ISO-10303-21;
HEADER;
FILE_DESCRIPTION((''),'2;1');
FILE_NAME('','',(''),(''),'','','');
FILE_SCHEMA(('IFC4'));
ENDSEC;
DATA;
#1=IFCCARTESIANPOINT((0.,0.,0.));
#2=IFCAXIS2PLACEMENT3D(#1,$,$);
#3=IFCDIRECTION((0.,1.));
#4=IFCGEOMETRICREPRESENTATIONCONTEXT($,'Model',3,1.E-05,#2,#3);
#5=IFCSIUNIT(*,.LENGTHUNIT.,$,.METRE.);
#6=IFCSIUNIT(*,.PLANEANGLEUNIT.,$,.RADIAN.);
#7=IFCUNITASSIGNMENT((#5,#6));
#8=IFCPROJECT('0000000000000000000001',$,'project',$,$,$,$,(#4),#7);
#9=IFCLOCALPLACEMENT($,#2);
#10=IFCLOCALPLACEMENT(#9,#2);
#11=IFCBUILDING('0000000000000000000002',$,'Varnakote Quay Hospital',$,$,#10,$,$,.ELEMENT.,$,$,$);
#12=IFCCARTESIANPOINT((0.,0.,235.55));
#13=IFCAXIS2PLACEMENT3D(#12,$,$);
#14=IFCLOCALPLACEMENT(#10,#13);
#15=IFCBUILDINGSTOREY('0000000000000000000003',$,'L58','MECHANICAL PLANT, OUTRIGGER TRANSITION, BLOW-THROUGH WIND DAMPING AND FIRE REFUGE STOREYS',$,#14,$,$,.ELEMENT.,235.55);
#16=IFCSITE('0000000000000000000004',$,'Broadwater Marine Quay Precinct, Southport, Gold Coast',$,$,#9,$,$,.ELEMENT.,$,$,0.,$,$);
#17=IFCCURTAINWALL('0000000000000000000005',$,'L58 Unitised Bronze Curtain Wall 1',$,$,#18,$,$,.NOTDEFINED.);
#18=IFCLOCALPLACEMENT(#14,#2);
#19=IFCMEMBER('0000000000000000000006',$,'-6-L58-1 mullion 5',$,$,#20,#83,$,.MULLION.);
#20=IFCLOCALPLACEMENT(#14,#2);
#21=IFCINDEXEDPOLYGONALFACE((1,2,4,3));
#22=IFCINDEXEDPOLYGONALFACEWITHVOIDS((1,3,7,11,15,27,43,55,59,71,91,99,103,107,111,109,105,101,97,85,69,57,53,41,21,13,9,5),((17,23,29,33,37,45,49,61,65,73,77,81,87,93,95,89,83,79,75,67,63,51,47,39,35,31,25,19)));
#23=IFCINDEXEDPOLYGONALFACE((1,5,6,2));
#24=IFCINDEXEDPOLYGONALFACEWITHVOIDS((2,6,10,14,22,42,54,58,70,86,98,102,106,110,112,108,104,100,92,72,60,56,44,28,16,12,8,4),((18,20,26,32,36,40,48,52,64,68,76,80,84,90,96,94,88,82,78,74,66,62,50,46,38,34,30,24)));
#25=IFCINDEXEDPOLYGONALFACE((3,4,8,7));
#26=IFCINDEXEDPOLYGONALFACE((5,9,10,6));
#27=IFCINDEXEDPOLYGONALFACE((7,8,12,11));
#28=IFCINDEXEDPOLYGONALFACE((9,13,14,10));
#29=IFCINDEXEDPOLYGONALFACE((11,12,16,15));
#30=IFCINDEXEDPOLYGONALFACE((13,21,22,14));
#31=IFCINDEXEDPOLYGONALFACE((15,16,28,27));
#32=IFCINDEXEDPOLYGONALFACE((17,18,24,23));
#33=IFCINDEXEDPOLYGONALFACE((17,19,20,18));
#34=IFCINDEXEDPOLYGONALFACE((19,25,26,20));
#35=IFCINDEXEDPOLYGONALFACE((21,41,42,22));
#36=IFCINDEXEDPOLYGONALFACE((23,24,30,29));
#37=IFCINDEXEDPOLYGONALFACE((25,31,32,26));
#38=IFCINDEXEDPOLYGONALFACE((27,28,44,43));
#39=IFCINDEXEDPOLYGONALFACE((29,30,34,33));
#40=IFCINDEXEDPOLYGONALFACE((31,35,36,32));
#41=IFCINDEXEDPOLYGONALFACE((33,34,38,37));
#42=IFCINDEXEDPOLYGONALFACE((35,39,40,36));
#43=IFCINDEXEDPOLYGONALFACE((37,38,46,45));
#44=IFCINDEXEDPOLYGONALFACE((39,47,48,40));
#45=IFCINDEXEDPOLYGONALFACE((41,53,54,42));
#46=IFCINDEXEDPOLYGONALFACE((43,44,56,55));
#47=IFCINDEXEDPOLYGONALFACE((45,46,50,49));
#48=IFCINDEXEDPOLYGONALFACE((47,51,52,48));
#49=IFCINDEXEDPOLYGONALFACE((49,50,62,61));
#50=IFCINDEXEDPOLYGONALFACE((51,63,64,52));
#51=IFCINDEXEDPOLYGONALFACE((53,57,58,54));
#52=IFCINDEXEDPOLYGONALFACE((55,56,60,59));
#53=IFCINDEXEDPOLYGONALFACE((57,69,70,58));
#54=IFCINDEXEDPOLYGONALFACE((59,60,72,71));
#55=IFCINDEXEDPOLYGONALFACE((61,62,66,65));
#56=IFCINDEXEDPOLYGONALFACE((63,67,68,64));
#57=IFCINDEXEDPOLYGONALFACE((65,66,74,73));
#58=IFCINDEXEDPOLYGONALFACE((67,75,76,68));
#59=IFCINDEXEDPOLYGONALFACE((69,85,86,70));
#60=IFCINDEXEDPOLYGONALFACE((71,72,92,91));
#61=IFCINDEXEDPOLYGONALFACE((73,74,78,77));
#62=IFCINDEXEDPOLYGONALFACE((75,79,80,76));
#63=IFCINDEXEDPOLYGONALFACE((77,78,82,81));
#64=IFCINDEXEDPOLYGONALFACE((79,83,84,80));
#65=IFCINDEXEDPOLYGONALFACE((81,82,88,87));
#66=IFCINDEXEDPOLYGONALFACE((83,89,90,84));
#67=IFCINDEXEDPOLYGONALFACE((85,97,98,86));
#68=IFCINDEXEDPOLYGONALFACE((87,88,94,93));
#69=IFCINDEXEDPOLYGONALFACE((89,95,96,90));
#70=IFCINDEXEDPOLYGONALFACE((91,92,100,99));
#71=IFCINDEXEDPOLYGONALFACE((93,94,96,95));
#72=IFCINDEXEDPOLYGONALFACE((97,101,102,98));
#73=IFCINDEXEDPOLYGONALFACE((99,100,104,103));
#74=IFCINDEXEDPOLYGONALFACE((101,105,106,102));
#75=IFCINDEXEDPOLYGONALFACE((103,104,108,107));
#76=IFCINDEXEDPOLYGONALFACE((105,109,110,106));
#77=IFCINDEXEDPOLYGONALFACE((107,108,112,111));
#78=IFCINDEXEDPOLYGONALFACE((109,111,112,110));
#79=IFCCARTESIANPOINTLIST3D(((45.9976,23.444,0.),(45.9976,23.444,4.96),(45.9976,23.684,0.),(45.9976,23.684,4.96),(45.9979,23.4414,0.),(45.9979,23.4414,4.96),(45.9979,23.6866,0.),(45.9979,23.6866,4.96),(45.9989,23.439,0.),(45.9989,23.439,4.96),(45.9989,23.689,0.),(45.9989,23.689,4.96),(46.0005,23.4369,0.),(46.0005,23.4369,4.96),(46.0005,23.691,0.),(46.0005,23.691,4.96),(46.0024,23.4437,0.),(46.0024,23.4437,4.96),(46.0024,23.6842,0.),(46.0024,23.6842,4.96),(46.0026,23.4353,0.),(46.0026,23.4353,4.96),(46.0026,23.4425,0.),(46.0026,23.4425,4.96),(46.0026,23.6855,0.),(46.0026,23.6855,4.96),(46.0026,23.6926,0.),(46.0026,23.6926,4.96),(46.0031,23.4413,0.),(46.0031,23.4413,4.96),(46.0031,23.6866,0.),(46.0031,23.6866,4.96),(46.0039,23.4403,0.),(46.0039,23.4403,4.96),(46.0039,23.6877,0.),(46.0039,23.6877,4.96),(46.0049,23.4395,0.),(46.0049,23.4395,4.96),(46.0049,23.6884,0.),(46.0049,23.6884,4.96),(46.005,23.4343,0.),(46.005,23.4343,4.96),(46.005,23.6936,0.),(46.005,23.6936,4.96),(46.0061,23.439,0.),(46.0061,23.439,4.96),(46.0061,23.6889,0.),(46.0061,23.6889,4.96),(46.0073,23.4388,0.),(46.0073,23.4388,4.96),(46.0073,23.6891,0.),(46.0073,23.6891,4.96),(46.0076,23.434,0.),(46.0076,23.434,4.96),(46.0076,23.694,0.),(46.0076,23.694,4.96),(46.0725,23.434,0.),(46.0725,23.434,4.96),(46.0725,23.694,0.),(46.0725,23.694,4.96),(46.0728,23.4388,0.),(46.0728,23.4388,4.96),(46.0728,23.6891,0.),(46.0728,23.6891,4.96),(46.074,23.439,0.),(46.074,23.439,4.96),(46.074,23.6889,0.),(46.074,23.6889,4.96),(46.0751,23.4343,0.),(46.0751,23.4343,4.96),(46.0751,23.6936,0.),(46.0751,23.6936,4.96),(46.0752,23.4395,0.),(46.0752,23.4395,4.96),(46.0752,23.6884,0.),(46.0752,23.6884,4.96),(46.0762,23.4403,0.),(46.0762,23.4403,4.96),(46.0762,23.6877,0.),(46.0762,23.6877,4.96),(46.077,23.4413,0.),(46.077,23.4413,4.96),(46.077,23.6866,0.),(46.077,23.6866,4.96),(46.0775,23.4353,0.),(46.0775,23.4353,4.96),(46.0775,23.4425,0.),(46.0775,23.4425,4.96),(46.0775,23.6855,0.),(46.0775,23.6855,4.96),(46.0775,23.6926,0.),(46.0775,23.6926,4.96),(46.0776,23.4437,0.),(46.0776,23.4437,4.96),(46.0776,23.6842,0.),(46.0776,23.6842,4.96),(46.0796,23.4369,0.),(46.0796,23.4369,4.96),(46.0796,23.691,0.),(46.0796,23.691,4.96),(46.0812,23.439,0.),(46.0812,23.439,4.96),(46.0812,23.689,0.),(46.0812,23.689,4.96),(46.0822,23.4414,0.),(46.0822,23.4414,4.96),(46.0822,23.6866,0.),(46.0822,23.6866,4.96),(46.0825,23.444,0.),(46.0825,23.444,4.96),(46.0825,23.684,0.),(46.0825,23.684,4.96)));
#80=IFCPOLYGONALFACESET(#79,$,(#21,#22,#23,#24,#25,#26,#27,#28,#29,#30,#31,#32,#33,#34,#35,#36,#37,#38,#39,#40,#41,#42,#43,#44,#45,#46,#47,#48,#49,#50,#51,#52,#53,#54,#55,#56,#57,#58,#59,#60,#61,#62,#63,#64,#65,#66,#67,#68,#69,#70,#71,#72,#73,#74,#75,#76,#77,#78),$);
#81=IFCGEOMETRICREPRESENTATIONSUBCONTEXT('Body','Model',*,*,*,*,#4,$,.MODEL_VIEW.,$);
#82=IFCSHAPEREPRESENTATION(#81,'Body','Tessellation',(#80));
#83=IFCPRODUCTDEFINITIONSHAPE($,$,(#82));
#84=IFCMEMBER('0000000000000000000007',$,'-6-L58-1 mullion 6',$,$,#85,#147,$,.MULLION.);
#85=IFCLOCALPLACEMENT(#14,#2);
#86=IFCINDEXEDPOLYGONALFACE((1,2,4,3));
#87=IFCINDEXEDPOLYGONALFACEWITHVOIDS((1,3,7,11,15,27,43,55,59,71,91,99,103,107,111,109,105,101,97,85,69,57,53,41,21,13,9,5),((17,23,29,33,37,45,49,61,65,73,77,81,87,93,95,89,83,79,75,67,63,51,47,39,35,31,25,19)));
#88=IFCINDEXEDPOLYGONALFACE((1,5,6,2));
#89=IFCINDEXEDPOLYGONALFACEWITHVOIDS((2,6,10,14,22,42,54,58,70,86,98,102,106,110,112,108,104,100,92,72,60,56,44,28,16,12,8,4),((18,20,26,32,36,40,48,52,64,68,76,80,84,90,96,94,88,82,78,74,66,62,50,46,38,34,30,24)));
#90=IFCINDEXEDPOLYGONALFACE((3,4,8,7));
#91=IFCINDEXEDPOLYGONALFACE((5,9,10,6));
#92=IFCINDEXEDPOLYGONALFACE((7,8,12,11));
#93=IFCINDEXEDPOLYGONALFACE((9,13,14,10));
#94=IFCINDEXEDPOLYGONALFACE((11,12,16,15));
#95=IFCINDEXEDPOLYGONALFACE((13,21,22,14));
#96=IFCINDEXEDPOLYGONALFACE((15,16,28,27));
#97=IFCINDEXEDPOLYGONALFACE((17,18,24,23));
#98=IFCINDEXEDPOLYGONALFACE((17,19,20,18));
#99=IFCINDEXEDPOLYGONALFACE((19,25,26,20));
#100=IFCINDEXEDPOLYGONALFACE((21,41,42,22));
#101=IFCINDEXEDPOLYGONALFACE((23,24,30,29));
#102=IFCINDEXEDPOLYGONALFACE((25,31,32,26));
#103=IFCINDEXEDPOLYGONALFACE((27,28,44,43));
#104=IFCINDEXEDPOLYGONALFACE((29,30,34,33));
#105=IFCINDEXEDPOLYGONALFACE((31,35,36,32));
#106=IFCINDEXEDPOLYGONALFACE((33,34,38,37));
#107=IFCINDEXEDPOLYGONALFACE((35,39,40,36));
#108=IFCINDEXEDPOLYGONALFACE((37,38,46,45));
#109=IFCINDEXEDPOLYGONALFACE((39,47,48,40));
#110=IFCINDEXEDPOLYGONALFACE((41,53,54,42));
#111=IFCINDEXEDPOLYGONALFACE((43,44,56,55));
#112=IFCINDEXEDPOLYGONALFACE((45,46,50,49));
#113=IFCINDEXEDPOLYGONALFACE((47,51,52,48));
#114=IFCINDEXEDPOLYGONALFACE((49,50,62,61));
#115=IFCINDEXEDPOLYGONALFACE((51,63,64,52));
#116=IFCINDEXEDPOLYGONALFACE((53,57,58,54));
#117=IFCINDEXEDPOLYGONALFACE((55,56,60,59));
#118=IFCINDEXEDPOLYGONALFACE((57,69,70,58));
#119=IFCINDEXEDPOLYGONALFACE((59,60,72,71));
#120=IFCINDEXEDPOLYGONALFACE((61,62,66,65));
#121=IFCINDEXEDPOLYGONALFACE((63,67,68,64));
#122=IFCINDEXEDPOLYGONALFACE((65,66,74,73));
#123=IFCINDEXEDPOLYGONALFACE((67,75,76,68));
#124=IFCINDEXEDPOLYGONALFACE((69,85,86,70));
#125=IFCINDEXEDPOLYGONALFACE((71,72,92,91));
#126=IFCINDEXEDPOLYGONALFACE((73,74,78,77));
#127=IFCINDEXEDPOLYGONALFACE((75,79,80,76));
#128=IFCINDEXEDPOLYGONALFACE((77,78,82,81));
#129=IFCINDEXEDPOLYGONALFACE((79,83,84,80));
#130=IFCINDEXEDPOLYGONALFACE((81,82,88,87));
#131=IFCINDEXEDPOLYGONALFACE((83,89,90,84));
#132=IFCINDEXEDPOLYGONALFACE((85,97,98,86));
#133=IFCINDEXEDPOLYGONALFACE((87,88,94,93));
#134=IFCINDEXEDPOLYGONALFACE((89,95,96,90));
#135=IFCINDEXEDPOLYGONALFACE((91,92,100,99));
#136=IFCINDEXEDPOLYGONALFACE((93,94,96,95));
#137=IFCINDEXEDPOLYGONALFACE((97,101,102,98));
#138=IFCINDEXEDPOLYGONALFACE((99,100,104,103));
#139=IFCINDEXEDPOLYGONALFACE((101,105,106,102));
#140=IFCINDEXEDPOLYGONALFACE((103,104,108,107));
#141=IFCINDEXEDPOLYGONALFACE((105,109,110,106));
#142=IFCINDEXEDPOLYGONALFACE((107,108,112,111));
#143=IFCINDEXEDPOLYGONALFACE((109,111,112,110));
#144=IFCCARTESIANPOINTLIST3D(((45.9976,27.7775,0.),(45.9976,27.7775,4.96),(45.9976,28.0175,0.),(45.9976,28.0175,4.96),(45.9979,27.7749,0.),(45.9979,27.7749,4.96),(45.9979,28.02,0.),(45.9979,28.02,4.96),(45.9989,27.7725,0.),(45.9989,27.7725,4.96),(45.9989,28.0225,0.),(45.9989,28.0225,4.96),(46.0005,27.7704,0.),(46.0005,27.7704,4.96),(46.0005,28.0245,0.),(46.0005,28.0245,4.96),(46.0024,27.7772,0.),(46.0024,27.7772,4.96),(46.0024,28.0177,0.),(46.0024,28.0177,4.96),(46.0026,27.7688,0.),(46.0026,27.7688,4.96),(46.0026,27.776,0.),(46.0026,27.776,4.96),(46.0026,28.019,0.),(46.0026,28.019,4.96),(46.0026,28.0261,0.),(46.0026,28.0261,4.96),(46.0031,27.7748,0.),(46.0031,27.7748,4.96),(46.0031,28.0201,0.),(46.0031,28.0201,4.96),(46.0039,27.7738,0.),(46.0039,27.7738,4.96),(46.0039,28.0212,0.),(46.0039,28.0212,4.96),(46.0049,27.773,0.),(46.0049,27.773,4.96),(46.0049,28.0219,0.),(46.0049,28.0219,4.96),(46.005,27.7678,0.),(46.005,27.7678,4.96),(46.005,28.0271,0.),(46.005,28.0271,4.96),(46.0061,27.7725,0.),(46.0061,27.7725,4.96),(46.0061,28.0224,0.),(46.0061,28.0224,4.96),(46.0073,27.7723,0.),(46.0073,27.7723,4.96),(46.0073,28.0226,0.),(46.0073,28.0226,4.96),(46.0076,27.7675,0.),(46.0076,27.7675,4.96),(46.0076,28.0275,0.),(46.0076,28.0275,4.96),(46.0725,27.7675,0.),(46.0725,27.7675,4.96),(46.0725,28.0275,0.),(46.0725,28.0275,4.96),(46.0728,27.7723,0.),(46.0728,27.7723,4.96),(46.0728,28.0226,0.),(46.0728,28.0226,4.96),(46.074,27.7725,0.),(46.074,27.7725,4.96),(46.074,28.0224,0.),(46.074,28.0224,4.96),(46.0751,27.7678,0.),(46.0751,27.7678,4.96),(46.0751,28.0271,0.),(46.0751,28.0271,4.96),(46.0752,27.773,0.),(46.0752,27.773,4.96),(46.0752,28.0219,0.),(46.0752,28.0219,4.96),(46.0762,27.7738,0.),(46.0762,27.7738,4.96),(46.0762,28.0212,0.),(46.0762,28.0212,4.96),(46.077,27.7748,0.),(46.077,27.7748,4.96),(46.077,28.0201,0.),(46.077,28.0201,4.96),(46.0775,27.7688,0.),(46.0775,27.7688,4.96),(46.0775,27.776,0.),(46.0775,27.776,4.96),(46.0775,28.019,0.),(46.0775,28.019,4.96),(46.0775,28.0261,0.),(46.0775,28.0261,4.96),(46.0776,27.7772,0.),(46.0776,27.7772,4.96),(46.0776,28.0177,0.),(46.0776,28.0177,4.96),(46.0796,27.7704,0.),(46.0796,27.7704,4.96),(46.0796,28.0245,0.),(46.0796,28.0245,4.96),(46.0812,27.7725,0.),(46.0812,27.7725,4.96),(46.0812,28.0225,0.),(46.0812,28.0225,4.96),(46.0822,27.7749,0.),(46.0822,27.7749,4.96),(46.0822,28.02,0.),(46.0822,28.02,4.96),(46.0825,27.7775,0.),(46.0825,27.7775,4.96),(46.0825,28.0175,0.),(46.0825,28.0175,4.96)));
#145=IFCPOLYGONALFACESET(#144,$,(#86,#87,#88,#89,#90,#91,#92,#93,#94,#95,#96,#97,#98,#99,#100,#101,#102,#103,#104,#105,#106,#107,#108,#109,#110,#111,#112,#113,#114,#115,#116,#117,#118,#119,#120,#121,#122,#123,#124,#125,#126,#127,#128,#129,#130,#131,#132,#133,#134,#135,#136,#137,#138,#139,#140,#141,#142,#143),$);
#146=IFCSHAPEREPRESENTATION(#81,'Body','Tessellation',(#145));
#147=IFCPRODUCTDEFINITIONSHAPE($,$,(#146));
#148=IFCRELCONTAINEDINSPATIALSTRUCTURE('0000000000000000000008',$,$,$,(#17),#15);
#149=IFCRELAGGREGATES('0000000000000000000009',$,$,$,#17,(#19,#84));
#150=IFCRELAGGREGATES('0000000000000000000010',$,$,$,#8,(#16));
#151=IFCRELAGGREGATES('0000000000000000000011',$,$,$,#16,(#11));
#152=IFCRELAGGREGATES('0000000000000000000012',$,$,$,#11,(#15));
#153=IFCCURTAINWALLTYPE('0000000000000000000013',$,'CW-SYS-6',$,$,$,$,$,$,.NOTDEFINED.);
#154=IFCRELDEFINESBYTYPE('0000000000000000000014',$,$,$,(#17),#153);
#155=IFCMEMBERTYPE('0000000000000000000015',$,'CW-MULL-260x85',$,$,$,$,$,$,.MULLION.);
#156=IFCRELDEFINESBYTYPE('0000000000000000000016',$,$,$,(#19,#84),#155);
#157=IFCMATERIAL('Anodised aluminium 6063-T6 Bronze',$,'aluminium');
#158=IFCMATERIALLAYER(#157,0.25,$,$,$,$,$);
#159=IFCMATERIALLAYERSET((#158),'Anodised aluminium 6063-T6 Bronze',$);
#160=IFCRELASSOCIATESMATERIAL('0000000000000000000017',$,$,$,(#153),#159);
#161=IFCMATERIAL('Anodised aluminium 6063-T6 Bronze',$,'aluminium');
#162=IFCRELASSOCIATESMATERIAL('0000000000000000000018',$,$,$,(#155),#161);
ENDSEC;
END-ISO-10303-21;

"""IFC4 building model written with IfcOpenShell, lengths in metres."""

from ifc_helpers import new_model, si_unit, direction, frame, origin, origin_2d, place, context, subcontext, project, spatial, hollow_rectangle, extrude, material, layer, layer_set, material_profile, profile_set, type_object, element, aggregate, save


model = new_model("IFC4")

# Units and contexts
model_context = context("Model", 3, precision=1e-05, world=origin(), true_north=direction((0.0, 1.0)))
body_context = subcontext(model_context, "Body", "Model", "MODEL_VIEW")
ifc_project = project(units=[si_unit("LENGTHUNIT", "METRE"), si_unit("PLANEANGLEUNIT", "RADIAN")], contexts=[model_context])

# Site, building, storey
site_placement = place(None, origin())
site = spatial("IfcSite", under=ifc_project, at=site_placement, Name="Broadwater Marine Quay Precinct, Southport, Gold Coast", CompositionType="ELEMENT", RefElevation=0.0)
building_placement = place(site_placement, origin())
building = spatial("IfcBuilding", under=site, at=building_placement, Name="Varnakote Quay Hospital", CompositionType="ELEMENT")
storey_placement = place(building_placement, frame((0.0, 0.0, 235.55)))
storey = spatial("IfcBuildingStorey", under=building, at=storey_placement, Name="L58", Description="MECHANICAL PLANT, OUTRIGGER TRANSITION, BLOW-THROUGH WIND DAMPING AND FIRE REFUGE STOREYS", CompositionType="ELEMENT", Elevation=235.55)

# Curtain wall, members
ifc_material_1 = material(Name="Anodised aluminium 6063-T6 Bronze", Category="aluminium")
ifc_layer_1 = layer(ifc_material_1, 0.25)
ifc_layer_set_1 = layer_set([ifc_layer_1], Name="Anodised aluminium 6063-T6 Bronze")
curtain_wall_type = type_object("IfcCurtainWallType", Name="CW-SYS-6", PredefinedType="NOTDEFINED", material=ifc_layer_set_1)
curtain_wall_1_placement = place(storey_placement, origin())
curtain_wall_1 = element("IfcCurtainWall", 1, at=curtain_wall_1_placement, inside=storey, type_object=curtain_wall_type, Name="L58 Unitised Bronze Curtain Wall 1", PredefinedType="NOTDEFINED")
ifc_material_2 = material(Name="Anodised aluminium 6063-T6 Bronze", Category="aluminium")
ifc_material_profile_1 = material_profile(ifc_material_2, hollow_rectangle(XDim=0.085, YDim=0.26, WallThickness=0.0049, InnerFilletRadius=0.0049, OuterFilletRadius=0.01, at=origin_2d()), Name="CW-MULL-260x85")
ifc_profile_set_1 = profile_set([ifc_material_profile_1], Name="Anodised aluminium 6063-T6 Bronze")
member_type_1 = type_object("IfcMemberType", Name="CW-MULL-260x85", PredefinedType="MULLION", material=ifc_profile_set_1)
member_1_placement = place(storey_placement, frame((46.04, 23.564, 0.0), z_axis=(0.0, 0.0, 1.0), x_axis=(-1.0, 0.0, 0.0)))
member_1 = element("IfcMember", 2, at=member_1_placement, type_object=member_type_1, Name="-6-L58-1 mullion 5", PredefinedType="MULLION", context=body_context, shape_type="SweptSolid", body=[
    extrude(hollow_rectangle(XDim=0.085, YDim=0.26, WallThickness=0.0049, InnerFilletRadius=0.0049, OuterFilletRadius=0.01, at=origin_2d()), origin(), (0.0, 0.0, 1.0), 4.96),
])
member_2_placement = place(storey_placement, frame((46.04, 27.8975, 0.0), z_axis=(0.0, 0.0, 1.0), x_axis=(-1.0, 0.0, 0.0)))
member_2 = element("IfcMember", 3, at=member_2_placement, type_object=member_type_1, Name="-6-L58-1 mullion 6", PredefinedType="MULLION", context=body_context, shape_type="SweptSolid", body=[
    extrude(hollow_rectangle(XDim=0.085, YDim=0.26, WallThickness=0.0049, InnerFilletRadius=0.0049, OuterFilletRadius=0.01, at=origin_2d()), origin(), (0.0, 0.0, 1.0), 4.96),
])

aggregate(curtain_wall_1, [member_1, member_2])

save(model, "model.ifc")
